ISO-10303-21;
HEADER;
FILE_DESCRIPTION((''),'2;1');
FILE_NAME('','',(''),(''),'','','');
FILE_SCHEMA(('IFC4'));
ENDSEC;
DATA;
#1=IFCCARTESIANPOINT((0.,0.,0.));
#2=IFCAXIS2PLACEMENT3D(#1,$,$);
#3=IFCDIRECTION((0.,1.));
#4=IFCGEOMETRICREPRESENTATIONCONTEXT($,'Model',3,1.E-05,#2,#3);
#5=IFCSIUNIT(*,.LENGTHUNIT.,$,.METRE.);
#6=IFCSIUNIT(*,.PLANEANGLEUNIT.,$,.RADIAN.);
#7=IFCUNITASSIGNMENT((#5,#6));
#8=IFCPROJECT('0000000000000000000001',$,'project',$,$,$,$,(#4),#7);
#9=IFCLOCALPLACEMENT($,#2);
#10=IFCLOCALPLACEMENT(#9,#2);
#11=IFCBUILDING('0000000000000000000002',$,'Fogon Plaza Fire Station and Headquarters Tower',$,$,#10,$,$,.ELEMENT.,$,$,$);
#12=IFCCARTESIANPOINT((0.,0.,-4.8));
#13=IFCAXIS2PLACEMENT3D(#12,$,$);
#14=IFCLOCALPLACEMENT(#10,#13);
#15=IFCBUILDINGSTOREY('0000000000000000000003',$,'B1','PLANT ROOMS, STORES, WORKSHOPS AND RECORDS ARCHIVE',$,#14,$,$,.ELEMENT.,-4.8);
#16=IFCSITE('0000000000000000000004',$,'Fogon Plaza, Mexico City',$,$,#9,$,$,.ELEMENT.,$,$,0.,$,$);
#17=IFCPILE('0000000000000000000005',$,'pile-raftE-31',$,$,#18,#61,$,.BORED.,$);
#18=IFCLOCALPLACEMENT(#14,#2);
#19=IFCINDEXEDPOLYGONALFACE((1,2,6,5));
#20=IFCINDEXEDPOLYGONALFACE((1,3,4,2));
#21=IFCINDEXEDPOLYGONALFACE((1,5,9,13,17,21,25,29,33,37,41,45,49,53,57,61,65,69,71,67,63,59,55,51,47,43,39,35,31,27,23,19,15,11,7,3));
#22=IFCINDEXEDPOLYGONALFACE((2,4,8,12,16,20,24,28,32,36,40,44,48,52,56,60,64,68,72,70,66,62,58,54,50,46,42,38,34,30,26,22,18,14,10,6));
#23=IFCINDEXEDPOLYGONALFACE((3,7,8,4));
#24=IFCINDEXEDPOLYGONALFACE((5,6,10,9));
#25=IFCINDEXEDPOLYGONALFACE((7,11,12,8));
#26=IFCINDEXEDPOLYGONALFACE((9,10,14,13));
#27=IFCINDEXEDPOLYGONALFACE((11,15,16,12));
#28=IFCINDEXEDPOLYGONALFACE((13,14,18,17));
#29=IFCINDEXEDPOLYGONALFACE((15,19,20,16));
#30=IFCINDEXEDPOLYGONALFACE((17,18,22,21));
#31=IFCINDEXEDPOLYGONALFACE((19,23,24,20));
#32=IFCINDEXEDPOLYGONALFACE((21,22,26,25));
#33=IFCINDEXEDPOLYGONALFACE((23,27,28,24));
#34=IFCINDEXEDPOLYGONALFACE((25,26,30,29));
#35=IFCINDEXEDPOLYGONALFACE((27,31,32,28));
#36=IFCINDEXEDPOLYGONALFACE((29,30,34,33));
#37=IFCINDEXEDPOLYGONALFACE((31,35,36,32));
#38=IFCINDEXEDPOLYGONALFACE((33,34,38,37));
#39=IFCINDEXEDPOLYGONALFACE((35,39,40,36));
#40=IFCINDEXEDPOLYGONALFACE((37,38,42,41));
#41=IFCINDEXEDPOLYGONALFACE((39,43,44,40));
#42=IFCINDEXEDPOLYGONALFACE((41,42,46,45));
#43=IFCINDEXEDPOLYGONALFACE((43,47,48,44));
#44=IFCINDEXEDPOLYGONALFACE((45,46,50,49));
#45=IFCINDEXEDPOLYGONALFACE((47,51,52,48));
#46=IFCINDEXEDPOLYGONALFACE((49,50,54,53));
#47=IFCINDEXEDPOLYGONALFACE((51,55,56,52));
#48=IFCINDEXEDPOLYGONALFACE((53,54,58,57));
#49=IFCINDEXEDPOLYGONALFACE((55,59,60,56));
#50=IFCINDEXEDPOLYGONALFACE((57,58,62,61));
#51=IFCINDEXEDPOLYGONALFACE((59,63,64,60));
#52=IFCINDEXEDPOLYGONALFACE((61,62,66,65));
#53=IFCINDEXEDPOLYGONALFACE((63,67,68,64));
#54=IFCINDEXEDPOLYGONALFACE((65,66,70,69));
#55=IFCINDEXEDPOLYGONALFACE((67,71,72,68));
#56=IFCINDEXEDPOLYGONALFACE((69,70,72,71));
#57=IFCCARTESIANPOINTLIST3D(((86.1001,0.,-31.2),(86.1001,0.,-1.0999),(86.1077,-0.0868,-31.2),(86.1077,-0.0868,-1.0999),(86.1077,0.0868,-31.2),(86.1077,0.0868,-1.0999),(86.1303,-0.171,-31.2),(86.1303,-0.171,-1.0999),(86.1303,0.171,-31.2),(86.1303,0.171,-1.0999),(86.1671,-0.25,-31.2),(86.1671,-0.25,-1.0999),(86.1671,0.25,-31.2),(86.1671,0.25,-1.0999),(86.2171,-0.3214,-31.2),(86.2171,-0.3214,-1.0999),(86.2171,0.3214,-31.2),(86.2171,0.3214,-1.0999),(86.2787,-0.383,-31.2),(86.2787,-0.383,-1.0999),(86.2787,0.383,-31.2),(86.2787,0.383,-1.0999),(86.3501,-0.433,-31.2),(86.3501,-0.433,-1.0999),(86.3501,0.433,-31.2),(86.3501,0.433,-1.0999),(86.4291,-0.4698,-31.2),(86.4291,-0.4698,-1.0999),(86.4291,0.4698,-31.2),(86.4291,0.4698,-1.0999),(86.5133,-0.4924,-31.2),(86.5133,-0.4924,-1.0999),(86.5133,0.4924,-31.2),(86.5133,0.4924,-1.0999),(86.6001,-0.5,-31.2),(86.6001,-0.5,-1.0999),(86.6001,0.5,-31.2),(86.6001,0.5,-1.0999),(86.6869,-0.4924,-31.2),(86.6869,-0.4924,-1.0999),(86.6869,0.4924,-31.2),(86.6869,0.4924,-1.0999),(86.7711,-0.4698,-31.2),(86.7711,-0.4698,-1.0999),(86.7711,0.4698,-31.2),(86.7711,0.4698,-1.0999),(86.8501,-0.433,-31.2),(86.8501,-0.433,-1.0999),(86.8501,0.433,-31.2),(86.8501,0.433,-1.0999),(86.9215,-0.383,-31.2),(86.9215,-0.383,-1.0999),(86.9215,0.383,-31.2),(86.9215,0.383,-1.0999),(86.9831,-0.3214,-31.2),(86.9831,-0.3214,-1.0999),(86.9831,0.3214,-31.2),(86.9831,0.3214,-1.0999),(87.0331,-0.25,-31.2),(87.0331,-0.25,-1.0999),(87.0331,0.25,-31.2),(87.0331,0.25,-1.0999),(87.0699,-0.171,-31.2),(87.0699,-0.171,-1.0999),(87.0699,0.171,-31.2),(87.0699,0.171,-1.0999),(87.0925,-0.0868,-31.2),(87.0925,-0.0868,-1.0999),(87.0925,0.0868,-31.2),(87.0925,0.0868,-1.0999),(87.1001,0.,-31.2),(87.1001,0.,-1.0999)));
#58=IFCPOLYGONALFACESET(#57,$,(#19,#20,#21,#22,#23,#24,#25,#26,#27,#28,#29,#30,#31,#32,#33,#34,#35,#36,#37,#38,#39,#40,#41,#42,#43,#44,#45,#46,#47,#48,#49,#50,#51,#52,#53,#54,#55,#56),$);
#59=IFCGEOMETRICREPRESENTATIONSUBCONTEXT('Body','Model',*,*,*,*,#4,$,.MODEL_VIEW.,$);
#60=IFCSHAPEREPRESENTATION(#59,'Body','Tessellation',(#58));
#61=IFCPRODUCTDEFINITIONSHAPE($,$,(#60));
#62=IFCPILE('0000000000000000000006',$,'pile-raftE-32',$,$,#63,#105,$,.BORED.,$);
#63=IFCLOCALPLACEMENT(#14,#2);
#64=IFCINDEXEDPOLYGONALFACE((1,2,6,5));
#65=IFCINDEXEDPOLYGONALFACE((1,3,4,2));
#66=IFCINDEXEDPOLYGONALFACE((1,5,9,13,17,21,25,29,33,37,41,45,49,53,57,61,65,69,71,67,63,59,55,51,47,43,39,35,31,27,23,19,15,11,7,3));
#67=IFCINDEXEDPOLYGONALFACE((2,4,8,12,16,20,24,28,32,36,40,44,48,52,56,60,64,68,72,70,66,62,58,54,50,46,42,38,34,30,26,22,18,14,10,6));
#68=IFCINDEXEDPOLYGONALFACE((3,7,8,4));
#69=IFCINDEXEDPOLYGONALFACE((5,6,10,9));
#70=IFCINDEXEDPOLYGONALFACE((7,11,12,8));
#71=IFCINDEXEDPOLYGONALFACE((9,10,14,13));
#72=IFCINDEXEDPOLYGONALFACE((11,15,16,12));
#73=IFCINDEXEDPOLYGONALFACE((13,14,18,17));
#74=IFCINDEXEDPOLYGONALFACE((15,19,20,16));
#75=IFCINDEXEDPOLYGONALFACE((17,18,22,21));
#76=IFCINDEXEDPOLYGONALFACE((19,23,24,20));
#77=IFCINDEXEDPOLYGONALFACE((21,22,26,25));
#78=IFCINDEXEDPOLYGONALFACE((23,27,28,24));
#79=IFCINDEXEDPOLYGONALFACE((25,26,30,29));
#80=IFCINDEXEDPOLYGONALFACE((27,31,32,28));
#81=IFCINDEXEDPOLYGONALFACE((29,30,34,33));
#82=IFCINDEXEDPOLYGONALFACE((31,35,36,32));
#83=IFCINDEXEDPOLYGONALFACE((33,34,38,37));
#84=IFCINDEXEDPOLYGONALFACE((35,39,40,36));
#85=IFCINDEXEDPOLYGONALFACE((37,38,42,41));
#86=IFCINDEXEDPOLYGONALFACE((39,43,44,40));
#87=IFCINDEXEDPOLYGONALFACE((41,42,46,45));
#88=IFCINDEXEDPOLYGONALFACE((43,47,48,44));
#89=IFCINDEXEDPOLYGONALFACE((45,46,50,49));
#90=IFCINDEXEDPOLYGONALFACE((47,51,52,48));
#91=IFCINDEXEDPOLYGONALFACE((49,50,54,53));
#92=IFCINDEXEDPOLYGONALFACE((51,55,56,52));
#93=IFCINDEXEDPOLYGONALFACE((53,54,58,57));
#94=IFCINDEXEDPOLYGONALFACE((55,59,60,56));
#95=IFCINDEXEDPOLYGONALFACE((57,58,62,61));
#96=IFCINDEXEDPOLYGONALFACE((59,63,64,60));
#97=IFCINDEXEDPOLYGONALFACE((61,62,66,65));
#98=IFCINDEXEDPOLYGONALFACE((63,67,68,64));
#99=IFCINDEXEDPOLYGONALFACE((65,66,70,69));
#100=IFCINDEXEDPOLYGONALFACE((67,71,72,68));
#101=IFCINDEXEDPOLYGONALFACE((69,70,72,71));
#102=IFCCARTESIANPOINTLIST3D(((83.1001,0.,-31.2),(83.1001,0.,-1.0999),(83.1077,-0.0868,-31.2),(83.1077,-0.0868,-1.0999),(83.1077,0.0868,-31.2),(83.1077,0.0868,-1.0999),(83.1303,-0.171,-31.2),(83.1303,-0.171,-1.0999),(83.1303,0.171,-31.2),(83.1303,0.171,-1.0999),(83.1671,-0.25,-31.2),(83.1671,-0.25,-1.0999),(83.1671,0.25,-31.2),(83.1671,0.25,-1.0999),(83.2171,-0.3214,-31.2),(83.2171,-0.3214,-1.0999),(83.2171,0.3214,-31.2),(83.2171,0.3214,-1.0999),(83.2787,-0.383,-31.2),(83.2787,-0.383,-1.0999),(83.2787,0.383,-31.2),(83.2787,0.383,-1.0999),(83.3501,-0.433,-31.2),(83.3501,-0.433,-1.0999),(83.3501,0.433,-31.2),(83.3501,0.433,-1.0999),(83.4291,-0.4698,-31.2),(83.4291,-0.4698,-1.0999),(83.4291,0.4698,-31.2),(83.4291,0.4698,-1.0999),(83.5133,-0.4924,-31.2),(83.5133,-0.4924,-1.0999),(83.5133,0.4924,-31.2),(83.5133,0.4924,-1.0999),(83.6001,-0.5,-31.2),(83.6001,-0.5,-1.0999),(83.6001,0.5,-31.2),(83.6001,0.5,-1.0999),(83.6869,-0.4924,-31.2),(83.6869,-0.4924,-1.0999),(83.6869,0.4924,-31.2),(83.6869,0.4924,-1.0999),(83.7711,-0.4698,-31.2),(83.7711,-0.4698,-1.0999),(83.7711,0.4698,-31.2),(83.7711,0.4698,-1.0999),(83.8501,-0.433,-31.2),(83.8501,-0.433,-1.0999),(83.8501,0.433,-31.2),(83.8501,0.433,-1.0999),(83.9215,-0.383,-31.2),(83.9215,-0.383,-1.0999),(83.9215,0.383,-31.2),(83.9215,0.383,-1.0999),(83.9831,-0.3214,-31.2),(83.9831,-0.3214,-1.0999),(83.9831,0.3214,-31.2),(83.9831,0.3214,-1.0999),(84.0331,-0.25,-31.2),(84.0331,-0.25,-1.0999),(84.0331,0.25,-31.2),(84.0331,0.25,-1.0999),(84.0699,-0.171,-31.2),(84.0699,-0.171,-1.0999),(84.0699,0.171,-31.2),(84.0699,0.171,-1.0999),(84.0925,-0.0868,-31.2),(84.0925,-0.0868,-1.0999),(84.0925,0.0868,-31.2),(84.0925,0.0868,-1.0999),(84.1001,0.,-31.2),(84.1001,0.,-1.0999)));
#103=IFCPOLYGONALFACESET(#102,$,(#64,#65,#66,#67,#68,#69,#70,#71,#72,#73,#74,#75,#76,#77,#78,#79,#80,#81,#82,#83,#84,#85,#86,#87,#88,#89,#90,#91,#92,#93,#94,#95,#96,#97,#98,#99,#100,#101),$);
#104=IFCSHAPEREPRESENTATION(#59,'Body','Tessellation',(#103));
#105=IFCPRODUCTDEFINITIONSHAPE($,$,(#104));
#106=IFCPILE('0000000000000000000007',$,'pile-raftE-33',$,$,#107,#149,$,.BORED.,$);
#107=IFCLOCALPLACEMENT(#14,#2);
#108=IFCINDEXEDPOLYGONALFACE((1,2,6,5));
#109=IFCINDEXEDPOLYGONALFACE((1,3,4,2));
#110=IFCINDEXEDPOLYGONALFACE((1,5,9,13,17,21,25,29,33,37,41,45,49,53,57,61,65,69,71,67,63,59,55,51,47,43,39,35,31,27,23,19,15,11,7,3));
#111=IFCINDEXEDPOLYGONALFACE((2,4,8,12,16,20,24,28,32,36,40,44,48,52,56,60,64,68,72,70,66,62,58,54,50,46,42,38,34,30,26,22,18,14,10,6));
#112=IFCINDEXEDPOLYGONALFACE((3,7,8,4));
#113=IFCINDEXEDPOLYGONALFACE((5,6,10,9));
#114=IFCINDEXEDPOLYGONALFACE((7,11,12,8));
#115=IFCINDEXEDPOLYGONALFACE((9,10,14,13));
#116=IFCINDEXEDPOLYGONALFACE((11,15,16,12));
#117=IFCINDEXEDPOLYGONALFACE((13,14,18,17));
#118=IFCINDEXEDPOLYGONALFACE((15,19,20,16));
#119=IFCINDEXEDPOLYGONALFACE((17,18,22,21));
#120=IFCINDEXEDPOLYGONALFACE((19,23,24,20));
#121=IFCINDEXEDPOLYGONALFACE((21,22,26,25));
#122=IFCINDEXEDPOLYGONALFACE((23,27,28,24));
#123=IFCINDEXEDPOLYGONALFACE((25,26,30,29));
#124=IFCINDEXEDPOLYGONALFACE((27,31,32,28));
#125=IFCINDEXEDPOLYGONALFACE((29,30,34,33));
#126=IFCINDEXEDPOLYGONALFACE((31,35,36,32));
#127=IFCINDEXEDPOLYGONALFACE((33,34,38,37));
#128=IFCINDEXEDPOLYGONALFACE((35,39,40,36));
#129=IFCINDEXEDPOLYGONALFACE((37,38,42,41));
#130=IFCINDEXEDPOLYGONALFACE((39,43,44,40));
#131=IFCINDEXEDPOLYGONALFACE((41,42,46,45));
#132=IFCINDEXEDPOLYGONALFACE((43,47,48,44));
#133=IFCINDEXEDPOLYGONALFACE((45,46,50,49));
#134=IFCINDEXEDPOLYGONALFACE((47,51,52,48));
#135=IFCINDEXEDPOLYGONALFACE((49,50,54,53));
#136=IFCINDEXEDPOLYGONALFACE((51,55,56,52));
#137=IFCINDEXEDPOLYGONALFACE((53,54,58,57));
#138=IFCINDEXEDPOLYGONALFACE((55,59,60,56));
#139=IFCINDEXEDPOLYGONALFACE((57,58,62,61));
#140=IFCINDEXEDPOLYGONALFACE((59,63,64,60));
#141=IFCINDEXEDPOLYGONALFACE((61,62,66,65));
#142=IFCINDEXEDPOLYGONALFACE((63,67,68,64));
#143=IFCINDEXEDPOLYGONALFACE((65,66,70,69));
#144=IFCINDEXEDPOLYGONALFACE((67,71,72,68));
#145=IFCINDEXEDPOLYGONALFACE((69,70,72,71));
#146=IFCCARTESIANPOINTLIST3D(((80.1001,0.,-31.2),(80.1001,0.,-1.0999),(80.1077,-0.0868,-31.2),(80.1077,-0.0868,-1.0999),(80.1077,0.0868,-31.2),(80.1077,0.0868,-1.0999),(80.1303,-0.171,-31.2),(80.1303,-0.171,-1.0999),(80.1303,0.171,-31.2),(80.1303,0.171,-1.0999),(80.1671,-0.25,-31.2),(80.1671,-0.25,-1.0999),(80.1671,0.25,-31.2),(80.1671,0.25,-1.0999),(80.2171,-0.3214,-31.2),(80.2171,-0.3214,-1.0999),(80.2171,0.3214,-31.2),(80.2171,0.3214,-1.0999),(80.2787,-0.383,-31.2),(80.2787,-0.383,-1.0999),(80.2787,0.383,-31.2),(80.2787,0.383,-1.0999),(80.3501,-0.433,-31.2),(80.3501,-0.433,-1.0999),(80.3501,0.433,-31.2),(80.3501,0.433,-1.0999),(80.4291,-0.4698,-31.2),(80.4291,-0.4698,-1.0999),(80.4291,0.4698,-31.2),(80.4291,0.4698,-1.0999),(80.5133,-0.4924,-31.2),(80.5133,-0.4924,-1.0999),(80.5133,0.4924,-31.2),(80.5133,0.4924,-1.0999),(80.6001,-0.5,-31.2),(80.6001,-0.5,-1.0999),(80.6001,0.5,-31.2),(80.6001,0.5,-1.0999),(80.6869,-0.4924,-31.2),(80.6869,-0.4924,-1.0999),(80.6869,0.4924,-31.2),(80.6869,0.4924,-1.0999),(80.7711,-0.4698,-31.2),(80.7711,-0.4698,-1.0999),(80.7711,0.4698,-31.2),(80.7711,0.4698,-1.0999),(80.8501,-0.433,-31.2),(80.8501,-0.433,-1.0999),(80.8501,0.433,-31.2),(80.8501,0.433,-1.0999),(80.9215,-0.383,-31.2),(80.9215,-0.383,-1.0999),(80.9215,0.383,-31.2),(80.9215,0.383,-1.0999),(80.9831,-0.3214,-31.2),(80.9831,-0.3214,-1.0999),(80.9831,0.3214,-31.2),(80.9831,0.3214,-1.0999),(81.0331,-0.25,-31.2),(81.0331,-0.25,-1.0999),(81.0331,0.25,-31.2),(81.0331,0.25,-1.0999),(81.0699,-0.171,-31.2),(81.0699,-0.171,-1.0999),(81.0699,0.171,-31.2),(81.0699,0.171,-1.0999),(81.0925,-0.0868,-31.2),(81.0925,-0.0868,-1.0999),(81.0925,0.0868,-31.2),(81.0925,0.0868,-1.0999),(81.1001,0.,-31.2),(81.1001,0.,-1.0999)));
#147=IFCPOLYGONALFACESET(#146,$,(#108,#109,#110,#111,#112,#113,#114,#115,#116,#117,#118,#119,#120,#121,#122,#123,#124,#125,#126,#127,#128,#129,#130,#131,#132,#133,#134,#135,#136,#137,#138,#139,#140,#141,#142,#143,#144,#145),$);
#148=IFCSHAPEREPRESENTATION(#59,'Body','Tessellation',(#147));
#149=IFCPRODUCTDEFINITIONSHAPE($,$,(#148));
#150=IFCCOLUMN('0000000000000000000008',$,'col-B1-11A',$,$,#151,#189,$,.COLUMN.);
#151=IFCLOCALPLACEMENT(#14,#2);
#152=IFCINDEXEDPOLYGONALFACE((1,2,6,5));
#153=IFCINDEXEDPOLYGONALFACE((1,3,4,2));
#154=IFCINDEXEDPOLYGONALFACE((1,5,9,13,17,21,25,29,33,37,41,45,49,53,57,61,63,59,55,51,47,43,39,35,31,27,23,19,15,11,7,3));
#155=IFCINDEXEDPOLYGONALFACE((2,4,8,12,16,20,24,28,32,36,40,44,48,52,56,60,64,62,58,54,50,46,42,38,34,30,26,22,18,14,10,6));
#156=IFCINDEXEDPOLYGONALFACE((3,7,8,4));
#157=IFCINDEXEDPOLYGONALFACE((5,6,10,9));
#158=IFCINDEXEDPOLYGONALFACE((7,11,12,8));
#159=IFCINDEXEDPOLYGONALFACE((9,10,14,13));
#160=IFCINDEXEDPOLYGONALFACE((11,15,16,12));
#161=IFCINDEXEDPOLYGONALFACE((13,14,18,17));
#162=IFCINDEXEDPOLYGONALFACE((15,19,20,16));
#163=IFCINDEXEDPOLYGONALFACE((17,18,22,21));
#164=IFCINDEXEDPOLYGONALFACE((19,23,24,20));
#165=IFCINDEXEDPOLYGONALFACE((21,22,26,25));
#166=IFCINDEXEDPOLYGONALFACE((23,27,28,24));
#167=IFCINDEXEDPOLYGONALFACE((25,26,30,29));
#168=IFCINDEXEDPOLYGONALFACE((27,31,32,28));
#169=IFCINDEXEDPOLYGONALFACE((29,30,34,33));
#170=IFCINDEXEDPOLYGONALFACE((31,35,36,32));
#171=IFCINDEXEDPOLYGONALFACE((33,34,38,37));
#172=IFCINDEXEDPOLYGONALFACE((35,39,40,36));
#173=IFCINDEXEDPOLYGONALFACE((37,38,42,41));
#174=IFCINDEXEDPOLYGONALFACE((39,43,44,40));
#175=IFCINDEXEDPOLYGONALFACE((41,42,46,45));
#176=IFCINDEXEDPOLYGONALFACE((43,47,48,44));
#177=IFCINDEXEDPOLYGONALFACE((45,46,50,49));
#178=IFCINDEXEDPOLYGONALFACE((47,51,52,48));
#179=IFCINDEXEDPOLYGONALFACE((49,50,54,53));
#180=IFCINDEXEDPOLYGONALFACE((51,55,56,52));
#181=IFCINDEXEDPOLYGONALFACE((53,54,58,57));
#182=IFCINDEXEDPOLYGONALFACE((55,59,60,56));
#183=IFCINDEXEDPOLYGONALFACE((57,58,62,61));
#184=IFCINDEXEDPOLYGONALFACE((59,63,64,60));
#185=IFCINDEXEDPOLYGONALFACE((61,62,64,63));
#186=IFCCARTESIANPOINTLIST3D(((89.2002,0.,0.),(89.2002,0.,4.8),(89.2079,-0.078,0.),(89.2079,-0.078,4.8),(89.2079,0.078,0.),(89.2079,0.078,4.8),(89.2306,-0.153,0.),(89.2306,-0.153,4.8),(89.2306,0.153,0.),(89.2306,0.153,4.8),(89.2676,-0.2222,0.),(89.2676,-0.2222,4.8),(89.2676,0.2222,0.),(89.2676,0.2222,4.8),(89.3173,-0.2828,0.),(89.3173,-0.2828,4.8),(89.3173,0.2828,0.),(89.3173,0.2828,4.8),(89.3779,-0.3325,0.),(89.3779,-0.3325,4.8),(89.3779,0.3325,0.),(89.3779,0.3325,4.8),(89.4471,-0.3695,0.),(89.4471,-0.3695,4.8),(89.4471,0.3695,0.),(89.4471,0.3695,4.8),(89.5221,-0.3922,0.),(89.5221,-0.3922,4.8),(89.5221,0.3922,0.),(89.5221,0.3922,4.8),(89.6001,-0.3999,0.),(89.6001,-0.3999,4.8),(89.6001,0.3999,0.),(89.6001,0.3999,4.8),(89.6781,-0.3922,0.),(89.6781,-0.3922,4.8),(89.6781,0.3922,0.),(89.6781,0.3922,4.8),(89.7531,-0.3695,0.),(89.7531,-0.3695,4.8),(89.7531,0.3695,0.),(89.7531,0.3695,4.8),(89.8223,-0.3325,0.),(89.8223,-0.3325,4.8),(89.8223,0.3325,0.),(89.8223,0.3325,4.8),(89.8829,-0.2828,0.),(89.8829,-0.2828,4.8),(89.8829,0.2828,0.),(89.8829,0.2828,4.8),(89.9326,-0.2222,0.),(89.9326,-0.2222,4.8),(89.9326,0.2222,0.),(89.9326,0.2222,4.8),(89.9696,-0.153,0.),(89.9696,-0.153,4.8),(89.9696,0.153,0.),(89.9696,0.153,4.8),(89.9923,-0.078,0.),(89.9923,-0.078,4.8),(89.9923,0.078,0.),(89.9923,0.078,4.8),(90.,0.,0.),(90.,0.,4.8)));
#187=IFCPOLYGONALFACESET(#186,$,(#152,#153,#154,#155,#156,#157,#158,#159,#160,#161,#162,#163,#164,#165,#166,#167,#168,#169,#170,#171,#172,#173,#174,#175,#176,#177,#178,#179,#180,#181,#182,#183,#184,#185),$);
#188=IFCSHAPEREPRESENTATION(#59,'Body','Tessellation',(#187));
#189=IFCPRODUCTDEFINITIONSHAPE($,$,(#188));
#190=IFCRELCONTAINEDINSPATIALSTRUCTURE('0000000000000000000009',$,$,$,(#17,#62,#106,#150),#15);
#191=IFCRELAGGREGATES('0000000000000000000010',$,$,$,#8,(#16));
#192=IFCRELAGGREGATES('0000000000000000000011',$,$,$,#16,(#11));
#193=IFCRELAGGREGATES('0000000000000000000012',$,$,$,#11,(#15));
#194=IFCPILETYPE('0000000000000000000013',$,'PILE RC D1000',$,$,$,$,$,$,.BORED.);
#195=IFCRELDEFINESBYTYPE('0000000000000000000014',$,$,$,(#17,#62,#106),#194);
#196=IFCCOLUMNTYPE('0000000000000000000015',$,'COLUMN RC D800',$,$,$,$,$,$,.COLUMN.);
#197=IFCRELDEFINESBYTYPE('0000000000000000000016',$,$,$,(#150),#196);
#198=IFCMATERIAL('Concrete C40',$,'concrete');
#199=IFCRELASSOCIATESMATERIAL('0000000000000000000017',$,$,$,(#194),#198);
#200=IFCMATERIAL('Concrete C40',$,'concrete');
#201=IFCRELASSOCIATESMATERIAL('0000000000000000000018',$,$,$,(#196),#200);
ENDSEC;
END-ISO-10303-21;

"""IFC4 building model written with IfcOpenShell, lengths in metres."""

from ifc_helpers import new_model, si_unit, direction, frame, origin, origin_2d, place, context, subcontext, project, spatial, circle, extrude, material, material_profile, profile_set, type_object, element, save


model = new_model("IFC4")

# Units and contexts
model_context = context("Model", 3, precision=1e-05, world=origin(), true_north=direction((0.0, 1.0)))
body_context = subcontext(model_context, "Body", "Model", "MODEL_VIEW")
ifc_project = project(units=[si_unit("LENGTHUNIT", "METRE"), si_unit("PLANEANGLEUNIT", "RADIAN")], contexts=[model_context])

# Site, building, storey
site_placement = place(None, origin())
site = spatial("IfcSite", under=ifc_project, at=site_placement, Name="Fogon Plaza, Mexico City", CompositionType="ELEMENT", RefElevation=0.0)
building_placement = place(site_placement, origin())
building = spatial("IfcBuilding", under=site, at=building_placement, Name="Fogon Plaza Fire Station and Headquarters Tower", CompositionType="ELEMENT")
storey_placement = place(building_placement, frame((0.0, 0.0, -4.8)))
storey = spatial("IfcBuildingStorey", under=building, at=storey_placement, Name="B1", Description="PLANT ROOMS, STORES, WORKSHOPS AND RECORDS ARCHIVE", CompositionType="ELEMENT", Elevation=-4.8)

# Piles
ifc_material_1 = material(Name="Concrete C40", Category="concrete")
ifc_material_profile_1 = material_profile(ifc_material_1, circle(Radius=0.5, at=origin_2d()), Name="RC D1000")
ifc_profile_set_1 = profile_set([ifc_material_profile_1], Name="Concrete C40")
pile_type = type_object("IfcPileType", Name="PILE RC D1000", PredefinedType="BORED", material=ifc_profile_set_1)
for number, where, z_axis, x_axis, name in (
    (1, (86.6001, 0.0, -1.0999), (0.0, 0.0, -1.0), (1.0, 0.0, 0.0), "pile-raftE-31"),
    (2, (83.6001, 0.0, -1.0999), (0.0, 0.0, -1.0), (1.0, 0.0, 0.0), "pile-raftE-32"),
    (3, (80.6001, 0.0, -1.0999), (0.0, 0.0, -1.0), (1.0, 0.0, 0.0), "pile-raftE-33"),
):
    element("IfcPile", number, at=place(storey_placement, frame(where, z_axis=z_axis, x_axis=x_axis)), inside=storey, type_object=pile_type, Name=name, PredefinedType="BORED", context=body_context, shape_type="SweptSolid", body=[
        extrude(circle(Radius=0.5, at=origin_2d()), origin(), (0.0, 0.0, 1.0), 30.1001),
    ])

# Column
ifc_material_2 = material(Name="Concrete C40", Category="concrete")
ifc_material_profile_2 = material_profile(ifc_material_2, circle(Radius=0.3999, at=origin_2d()), Name="RC D800")
ifc_profile_set_2 = profile_set([ifc_material_profile_2], Name="Concrete C40")
column_type = type_object("IfcColumnType", Name="COLUMN RC D800", PredefinedType="COLUMN", material=ifc_profile_set_2)
for number, where, z_axis, x_axis, name in (
    (4, (89.6001, 0.0, 0.0), (0.0, 0.0, 1.0), (1.0, 0.0, 0.0), "col-B1-11A"),
):
    element("IfcColumn", number, at=place(storey_placement, frame(where, z_axis=z_axis, x_axis=x_axis)), inside=storey, type_object=column_type, Name=name, PredefinedType="COLUMN", context=body_context, shape_type="SweptSolid", body=[
        extrude(circle(Radius=0.3999, at=origin_2d()), origin(), (0.0, 0.0, 1.0), 4.8),
    ])

save(model, "model.ifc")
